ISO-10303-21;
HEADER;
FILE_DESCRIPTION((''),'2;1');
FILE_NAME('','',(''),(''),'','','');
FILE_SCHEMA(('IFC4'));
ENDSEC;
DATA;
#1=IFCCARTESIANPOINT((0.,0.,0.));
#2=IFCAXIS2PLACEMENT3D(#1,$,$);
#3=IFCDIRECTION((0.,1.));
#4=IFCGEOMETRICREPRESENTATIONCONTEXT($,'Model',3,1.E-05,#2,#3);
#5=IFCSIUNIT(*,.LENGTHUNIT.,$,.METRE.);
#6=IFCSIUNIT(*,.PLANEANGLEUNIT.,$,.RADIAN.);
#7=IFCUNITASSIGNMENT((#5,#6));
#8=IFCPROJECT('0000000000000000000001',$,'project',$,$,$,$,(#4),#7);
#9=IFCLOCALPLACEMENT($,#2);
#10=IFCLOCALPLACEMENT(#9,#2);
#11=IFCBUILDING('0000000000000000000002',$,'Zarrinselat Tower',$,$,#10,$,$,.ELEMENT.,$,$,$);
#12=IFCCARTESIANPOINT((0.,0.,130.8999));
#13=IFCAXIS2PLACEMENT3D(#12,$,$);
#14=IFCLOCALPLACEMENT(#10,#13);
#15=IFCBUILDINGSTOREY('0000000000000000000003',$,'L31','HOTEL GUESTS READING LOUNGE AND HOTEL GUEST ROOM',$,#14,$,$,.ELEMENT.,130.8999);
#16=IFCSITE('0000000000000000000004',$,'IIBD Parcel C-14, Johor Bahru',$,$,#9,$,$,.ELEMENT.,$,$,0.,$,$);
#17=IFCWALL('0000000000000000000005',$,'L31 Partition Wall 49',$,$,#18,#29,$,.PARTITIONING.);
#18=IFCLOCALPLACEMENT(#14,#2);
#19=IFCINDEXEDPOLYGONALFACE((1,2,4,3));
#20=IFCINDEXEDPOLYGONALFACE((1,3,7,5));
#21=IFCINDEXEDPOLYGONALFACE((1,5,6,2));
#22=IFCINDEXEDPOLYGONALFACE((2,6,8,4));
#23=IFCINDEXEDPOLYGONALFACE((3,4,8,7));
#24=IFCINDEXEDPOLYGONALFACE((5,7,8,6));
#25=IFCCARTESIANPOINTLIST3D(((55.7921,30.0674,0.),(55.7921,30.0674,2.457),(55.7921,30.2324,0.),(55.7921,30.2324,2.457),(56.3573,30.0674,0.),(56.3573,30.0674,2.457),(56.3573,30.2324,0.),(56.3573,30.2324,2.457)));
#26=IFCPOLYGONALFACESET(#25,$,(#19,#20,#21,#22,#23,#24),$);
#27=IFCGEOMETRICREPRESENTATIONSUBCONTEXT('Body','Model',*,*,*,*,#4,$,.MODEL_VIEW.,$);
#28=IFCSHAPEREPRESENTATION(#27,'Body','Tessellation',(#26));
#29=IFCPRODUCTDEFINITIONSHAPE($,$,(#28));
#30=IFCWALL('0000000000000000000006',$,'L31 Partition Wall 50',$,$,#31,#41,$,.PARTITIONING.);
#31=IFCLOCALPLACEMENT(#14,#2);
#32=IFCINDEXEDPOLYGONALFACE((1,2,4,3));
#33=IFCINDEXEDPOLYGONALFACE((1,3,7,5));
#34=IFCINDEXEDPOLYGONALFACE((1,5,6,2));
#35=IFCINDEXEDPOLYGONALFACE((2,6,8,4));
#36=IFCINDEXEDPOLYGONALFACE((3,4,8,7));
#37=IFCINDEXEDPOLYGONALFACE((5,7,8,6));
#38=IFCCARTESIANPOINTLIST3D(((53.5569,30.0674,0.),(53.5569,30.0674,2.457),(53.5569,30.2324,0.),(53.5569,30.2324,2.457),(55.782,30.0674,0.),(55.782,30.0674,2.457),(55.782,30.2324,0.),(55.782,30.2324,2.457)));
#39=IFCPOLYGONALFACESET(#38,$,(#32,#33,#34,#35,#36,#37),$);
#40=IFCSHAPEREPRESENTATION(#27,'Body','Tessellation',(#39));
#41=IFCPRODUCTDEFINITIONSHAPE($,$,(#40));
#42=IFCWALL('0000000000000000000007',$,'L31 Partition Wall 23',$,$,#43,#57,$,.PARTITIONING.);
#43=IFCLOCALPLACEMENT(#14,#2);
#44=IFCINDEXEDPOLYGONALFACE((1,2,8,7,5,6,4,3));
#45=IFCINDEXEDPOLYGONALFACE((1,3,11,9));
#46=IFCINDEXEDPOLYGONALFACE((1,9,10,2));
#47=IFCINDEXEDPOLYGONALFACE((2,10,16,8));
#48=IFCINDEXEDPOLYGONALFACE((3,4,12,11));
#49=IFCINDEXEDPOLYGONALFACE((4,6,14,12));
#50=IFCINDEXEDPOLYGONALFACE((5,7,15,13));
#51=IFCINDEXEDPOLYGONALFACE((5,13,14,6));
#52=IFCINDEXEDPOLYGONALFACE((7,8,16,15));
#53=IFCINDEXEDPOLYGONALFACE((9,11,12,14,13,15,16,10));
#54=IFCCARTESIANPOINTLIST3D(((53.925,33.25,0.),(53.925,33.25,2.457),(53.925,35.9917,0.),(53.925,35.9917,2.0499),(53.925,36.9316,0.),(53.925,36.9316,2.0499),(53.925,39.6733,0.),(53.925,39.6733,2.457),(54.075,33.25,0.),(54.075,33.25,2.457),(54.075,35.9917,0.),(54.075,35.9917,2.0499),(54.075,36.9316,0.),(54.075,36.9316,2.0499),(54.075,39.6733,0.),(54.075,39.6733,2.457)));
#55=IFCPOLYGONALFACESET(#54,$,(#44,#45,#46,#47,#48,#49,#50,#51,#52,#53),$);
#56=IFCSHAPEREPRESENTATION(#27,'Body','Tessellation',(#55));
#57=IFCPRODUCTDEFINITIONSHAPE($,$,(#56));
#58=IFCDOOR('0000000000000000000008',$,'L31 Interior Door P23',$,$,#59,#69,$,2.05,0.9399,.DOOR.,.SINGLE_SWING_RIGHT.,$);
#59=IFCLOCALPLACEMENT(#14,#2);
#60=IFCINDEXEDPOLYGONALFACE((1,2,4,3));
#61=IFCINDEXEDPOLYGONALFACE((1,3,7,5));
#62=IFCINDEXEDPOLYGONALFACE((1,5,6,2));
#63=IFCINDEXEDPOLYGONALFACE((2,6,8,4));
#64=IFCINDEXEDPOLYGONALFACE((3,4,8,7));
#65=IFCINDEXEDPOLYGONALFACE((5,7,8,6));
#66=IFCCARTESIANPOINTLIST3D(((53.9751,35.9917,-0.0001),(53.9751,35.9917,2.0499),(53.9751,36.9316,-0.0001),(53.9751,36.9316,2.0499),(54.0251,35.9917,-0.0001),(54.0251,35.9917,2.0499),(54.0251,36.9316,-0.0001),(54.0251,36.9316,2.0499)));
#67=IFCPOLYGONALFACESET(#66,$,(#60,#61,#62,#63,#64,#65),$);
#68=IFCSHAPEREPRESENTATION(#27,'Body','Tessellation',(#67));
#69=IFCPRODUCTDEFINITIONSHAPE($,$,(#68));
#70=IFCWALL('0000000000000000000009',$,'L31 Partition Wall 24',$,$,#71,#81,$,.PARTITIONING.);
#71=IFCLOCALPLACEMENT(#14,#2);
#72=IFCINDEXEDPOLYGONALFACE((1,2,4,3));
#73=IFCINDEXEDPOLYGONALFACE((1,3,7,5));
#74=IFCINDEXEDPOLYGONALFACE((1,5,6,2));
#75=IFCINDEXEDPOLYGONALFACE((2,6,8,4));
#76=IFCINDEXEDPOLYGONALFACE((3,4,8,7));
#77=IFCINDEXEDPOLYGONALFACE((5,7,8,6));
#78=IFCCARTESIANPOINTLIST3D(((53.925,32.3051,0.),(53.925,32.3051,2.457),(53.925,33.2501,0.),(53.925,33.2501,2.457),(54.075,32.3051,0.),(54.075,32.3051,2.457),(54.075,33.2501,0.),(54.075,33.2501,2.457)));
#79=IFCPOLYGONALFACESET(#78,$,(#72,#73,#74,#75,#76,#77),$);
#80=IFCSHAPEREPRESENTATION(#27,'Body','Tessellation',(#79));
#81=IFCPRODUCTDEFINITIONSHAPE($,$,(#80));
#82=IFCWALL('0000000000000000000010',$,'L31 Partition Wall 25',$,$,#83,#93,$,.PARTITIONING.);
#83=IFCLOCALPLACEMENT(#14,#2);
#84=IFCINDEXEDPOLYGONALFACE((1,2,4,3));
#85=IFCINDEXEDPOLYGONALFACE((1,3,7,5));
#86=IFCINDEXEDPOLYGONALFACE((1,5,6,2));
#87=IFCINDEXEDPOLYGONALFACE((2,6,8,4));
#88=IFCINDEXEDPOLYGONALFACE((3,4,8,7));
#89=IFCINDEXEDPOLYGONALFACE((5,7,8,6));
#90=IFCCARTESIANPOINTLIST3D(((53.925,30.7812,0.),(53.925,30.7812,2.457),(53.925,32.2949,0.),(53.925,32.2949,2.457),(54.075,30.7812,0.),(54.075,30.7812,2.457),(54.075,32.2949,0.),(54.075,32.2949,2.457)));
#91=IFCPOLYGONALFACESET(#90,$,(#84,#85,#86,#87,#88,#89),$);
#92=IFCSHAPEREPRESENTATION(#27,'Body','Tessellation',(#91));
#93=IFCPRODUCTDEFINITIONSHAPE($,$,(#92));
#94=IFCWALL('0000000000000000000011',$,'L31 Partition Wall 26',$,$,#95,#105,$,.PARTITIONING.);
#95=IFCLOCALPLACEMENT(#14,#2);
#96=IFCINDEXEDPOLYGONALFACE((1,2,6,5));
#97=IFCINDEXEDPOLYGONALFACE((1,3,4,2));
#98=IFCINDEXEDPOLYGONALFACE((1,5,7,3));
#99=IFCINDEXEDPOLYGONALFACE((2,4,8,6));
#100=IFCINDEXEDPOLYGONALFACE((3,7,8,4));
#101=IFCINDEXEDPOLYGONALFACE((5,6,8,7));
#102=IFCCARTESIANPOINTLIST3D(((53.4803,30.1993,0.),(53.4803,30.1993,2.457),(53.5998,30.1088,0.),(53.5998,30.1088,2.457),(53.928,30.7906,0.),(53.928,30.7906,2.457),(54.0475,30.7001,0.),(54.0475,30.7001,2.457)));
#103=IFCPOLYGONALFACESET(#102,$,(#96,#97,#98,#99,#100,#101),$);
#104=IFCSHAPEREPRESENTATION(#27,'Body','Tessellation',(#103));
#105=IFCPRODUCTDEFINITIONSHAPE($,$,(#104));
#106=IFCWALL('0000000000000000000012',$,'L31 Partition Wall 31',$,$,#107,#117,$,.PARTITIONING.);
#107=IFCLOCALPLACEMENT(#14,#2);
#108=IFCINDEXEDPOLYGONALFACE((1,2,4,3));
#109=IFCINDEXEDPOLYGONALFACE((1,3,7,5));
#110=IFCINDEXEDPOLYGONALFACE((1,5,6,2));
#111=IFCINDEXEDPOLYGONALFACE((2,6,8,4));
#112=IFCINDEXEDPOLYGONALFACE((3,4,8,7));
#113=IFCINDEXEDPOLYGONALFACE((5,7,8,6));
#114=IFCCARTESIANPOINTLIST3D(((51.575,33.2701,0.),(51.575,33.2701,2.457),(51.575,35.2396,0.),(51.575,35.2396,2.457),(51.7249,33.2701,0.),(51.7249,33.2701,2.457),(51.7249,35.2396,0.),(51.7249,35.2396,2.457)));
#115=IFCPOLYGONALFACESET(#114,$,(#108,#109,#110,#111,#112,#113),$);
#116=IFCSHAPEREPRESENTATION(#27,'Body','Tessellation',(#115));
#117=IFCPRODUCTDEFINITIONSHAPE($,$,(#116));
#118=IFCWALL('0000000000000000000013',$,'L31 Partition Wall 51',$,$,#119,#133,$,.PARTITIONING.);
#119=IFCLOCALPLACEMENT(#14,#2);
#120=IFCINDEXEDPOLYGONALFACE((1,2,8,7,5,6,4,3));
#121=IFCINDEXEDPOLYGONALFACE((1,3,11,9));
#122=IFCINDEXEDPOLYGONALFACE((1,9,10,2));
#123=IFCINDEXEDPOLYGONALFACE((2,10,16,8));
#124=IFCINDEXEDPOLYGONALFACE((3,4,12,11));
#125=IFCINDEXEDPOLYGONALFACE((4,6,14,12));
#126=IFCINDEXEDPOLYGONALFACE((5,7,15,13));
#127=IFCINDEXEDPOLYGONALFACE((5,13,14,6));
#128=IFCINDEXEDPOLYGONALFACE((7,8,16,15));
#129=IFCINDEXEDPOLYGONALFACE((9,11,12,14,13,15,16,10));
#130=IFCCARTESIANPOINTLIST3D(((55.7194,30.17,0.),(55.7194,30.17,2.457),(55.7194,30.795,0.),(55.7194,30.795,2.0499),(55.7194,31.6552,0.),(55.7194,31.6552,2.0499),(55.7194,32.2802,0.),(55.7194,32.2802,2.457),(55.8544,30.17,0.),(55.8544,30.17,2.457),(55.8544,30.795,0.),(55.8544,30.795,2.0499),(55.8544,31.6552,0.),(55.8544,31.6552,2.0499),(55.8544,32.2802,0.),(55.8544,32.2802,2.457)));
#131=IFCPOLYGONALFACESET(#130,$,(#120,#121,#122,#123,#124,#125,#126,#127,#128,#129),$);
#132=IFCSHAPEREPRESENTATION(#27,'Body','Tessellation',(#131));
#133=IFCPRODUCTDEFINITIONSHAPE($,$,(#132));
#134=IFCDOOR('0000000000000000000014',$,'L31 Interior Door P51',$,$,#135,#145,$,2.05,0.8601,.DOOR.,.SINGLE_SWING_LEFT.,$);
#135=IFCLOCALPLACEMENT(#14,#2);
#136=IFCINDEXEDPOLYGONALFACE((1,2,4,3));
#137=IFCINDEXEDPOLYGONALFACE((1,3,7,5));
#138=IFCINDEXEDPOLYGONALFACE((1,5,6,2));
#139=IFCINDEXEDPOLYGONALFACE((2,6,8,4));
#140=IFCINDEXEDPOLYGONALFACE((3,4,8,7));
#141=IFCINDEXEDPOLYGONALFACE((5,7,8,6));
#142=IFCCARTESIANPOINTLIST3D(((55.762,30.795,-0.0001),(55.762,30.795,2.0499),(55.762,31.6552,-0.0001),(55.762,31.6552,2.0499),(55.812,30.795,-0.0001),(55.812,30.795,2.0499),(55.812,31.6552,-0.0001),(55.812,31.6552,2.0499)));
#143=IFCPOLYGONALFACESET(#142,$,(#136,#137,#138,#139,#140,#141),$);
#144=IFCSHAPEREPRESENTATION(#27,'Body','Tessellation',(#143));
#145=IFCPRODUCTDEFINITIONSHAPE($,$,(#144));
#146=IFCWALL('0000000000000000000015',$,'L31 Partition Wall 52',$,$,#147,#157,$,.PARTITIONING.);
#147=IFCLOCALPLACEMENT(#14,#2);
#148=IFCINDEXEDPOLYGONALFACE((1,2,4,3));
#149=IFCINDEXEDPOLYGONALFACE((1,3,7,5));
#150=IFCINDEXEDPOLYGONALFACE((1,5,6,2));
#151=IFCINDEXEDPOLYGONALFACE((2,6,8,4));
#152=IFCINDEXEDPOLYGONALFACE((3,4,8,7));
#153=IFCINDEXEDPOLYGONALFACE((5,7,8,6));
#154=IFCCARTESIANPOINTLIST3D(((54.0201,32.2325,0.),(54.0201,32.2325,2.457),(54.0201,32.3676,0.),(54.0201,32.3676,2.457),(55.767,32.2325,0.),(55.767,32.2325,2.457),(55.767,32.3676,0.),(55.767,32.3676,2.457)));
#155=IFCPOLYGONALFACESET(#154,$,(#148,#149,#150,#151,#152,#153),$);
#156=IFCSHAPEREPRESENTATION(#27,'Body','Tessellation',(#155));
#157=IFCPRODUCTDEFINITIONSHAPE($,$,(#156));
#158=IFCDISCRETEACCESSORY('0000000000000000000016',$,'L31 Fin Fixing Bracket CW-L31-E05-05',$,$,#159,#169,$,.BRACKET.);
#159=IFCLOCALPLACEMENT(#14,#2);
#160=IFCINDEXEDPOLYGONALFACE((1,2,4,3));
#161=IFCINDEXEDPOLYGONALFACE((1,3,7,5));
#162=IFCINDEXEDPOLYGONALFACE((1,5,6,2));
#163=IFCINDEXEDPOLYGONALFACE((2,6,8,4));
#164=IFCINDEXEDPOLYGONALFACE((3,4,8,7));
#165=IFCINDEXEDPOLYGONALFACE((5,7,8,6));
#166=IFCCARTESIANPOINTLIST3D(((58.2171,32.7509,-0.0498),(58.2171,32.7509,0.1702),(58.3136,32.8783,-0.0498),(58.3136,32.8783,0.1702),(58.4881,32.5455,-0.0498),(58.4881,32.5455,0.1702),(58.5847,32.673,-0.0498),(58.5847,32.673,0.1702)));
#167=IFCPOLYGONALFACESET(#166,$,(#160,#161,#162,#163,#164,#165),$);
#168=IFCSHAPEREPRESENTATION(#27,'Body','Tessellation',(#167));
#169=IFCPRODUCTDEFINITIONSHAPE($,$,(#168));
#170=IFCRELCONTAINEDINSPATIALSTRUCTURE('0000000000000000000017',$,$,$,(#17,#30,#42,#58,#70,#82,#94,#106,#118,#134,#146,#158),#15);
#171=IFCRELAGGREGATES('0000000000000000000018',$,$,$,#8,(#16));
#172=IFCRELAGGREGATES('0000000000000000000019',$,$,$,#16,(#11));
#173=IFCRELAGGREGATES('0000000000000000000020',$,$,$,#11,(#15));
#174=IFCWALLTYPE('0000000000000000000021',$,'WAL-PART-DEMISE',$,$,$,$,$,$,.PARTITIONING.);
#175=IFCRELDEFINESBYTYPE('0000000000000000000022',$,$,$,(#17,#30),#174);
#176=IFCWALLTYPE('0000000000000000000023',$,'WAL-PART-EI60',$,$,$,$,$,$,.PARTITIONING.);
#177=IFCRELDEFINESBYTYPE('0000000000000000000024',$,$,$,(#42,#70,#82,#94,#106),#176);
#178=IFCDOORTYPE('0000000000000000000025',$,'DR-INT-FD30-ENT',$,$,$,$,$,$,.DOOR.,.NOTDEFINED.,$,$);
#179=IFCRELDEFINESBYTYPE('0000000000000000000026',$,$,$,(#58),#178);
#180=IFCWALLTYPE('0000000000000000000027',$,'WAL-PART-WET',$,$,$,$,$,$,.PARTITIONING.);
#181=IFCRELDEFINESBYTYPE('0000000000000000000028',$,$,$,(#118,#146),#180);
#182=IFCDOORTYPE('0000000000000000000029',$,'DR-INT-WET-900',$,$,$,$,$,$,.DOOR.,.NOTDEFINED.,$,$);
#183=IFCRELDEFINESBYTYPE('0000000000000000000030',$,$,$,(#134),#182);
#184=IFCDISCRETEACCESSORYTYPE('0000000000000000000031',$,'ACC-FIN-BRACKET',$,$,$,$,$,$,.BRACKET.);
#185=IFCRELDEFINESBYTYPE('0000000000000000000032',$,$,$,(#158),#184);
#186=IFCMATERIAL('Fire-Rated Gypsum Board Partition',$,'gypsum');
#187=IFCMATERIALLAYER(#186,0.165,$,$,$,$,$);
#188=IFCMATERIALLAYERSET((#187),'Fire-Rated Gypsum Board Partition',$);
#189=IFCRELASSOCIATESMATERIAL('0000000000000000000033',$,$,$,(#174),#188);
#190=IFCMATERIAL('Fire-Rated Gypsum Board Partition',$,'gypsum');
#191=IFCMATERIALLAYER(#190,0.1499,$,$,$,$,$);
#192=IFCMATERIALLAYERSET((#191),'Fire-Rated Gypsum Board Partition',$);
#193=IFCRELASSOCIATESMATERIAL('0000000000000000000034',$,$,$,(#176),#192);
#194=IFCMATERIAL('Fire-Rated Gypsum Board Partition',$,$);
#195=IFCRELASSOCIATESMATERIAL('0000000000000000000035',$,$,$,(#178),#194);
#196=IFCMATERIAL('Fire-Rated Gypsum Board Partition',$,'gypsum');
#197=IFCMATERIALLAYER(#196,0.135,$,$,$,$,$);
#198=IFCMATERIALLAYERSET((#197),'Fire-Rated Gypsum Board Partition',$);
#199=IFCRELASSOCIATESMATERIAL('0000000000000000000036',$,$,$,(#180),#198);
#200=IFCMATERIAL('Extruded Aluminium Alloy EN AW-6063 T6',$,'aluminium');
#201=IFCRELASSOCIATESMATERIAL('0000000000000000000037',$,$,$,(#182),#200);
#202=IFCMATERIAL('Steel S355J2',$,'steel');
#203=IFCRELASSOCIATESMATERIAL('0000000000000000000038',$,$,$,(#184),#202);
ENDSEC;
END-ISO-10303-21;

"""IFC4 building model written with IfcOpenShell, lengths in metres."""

from ifc_helpers import new_model, si_unit, direction, frame, frame_2d, origin, origin_2d, place, context, subcontext, project, spatial, rectangle, extrude, material, layer, layer_set, type_object, element, fill, save


model = new_model("IFC4")

# Units and contexts
model_context = context("Model", 3, precision=1e-05, world=origin(), true_north=direction((0.0, 1.0)))
body_context = subcontext(model_context, "Body", "Model", "MODEL_VIEW")
ifc_project = project(units=[si_unit("LENGTHUNIT", "METRE"), si_unit("PLANEANGLEUNIT", "RADIAN")], contexts=[model_context])

# Site, building, storey
site_placement = place(None, origin())
site = spatial("IfcSite", under=ifc_project, at=site_placement, Name="IIBD Parcel C-14, Johor Bahru", CompositionType="ELEMENT", RefElevation=0.0)
building_placement = place(site_placement, origin())
building = spatial("IfcBuilding", under=site, at=building_placement, Name="Zarrinselat Tower", CompositionType="ELEMENT")
storey_placement = place(building_placement, frame((0.0, 0.0, 130.8999)))
storey = spatial("IfcBuildingStorey", under=building, at=storey_placement, Name="L31", Description="HOTEL GUESTS READING LOUNGE AND HOTEL GUEST ROOM", CompositionType="ELEMENT", Elevation=130.8999)

# Walls
ifc_material_1 = material(Name="Fire-Rated Gypsum Board Partition", Category="gypsum")
ifc_layer_1 = layer(ifc_material_1, 0.165)
ifc_layer_set_1 = layer_set([ifc_layer_1], Name="Fire-Rated Gypsum Board Partition")
wall_type_1 = type_object("IfcWallType", Name="WAL-PART-DEMISE", PredefinedType="PARTITIONING", material=ifc_layer_set_1)
wall_1_placement = place(storey_placement, frame((55.792, 30.1499, 0.0), z_axis=(0.0, 0.0, 1.0), x_axis=(1.0, 0.0, 0.0)))
element("IfcWall", 1, at=wall_1_placement, inside=storey, type_object=wall_type_1, Name="L31 Partition Wall 49", PredefinedType="PARTITIONING", context=body_context, shape_type="SweptSolid", body=[
    extrude(rectangle(XDim=0.5652, YDim=0.165, at=frame_2d((0.2827, 0.0))), origin(), (0.0, 0.0, 1.0), 2.457),
])
wall_2_placement = place(storey_placement, frame((53.5569, 30.1499, 0.0), z_axis=(0.0, 0.0, 1.0), x_axis=(1.0, 0.0, 0.0)))
element("IfcWall", 2, at=wall_2_placement, inside=storey, type_object=wall_type_1, Name="L31 Partition Wall 50", PredefinedType="PARTITIONING", context=body_context, shape_type="SweptSolid", body=[
    extrude(rectangle(XDim=2.2251, YDim=0.165, at=frame_2d((1.1125, 0.0))), origin(), (0.0, 0.0, 1.0), 2.457),
])

# Wall, opening, door
ifc_material_2 = material(Name="Fire-Rated Gypsum Board Partition", Category="gypsum")
ifc_layer_2 = layer(ifc_material_2, 0.1499)
ifc_layer_set_2 = layer_set([ifc_layer_2], Name="Fire-Rated Gypsum Board Partition")
wall_type_2 = type_object("IfcWallType", Name="WAL-PART-EI60", PredefinedType="PARTITIONING", material=ifc_layer_set_2)
wall_3_placement = place(storey_placement, frame((54.0, 33.25, 0.0), z_axis=(0.0, 0.0, 1.0), x_axis=(0.0, 1.0, 0.0)))
wall_3 = element("IfcWall", 3, at=wall_3_placement, inside=storey, type_object=wall_type_2, Name="L31 Partition Wall 23", PredefinedType="PARTITIONING", context=body_context, shape_type="SweptSolid", body=[
    extrude(rectangle(XDim=6.4233, YDim=0.1499, at=frame_2d((3.2117, 0.0))), origin(), (0.0, 0.0, 1.0), 2.457),
])
opening_1_placement = place(wall_3_placement, frame((2.7417, 0.0, 0.0)))
opening_1 = element("IfcOpeningElement", 4, at=opening_1_placement, cuts=wall_3, PredefinedType="OPENING", context=body_context, shape_type="SweptSolid", body=[
    extrude(rectangle(XDim=0.9399, YDim=2.05, at=frame_2d((0.47, 1.0249))), frame((0.0, 0.085, 0.0), z_axis=(0.0, -1.0, 0.0), x_axis=(1.0, 0.0, 0.0)), (0.0, 0.0, 1.0), 0.1699),
])
ifc_material_3 = material(Name="Fire-Rated Gypsum Board Partition")
door_type_1 = type_object("IfcDoorType", Name="DR-INT-FD30-ENT", OperationType="NOTDEFINED", PredefinedType="DOOR", material=ifc_material_3)
door_1_placement = place(opening_1_placement, origin())
door_1 = element("IfcDoor", 5, at=door_1_placement, inside=storey, type_object=door_type_1, Name="L31 Interior Door P23", OperationType="SINGLE_SWING_RIGHT", OverallHeight=2.05, OverallWidth=0.9399, PredefinedType="DOOR", context=body_context, shape_type="SweptSolid", body=[
    extrude(rectangle(XDim=0.9399, YDim=2.05, at=frame_2d((0.47, 1.0249))), frame((0.0, 0.0249, 0.0), z_axis=(0.0, -1.0, 0.0), x_axis=(1.0, 0.0, 0.0)), (0.0, 0.0, 1.0), 0.05),
])
fill(opening_1, door_1)

# Walls
wall_4_placement = place(storey_placement, frame((54.0, 32.3049, 0.0), z_axis=(0.0, 0.0, 1.0), x_axis=(0.0, 1.0, 0.0)))
element("IfcWall", 6, at=wall_4_placement, inside=storey, type_object=wall_type_2, Name="L31 Partition Wall 24", PredefinedType="PARTITIONING", context=body_context, shape_type="SweptSolid", body=[
    extrude(rectangle(XDim=0.9451, YDim=0.1499, at=frame_2d((0.4727, 0.0))), origin(), (0.0, 0.0, 1.0), 2.457),
])
wall_5_placement = place(storey_placement, frame((54.0, 30.7812, 0.0), z_axis=(0.0, 0.0, 1.0), x_axis=(0.0, 1.0, 0.0)))
element("IfcWall", 7, at=wall_5_placement, inside=storey, type_object=wall_type_2, Name="L31 Partition Wall 25", PredefinedType="PARTITIONING", context=body_context, shape_type="SweptSolid", body=[
    extrude(rectangle(XDim=1.5137, YDim=0.1499, at=frame_2d((0.7568, 0.0))), origin(), (0.0, 0.0, 1.0), 2.457),
])
wall_6_placement = place(storey_placement, frame((53.54, 30.1541, 0.0), z_axis=(0.0, 0.0, 1.0), x_axis=(0.60368, 0.797227, 0.0)))
element("IfcWall", 8, at=wall_6_placement, inside=storey, type_object=wall_type_2, Name="L31 Partition Wall 26", PredefinedType="PARTITIONING", context=body_context, shape_type="SweptSolid", body=[
    extrude(rectangle(XDim=0.7417, YDim=0.1499, at=frame_2d((0.3708, 0.0))), origin(), (0.0, 0.0, 1.0), 2.457),
])
wall_7_placement = place(storey_placement, frame((51.6499, 33.27, 0.0), z_axis=(0.0, 0.0, 1.0), x_axis=(0.0, 1.0, 0.0)))
element("IfcWall", 9, at=wall_7_placement, inside=storey, type_object=wall_type_2, Name="L31 Partition Wall 31", PredefinedType="PARTITIONING", context=body_context, shape_type="SweptSolid", body=[
    extrude(rectangle(XDim=1.9695, YDim=0.1499, at=frame_2d((0.9849, 0.0))), origin(), (0.0, 0.0, 1.0), 2.457),
])

# Wall, opening, door
ifc_material_4 = material(Name="Fire-Rated Gypsum Board Partition", Category="gypsum")
ifc_layer_3 = layer(ifc_material_4, 0.135)
ifc_layer_set_3 = layer_set([ifc_layer_3], Name="Fire-Rated Gypsum Board Partition")
wall_type_3 = type_object("IfcWallType", Name="WAL-PART-WET", PredefinedType="PARTITIONING", material=ifc_layer_set_3)
wall_8_placement = place(storey_placement, frame((55.7869, 30.1699, 0.0), z_axis=(0.0, 0.0, 1.0), x_axis=(0.0, 1.0, 0.0)))
wall_8 = element("IfcWall", 10, at=wall_8_placement, inside=storey, type_object=wall_type_3, Name="L31 Partition Wall 51", PredefinedType="PARTITIONING", context=body_context, shape_type="SweptSolid", body=[
    extrude(rectangle(XDim=2.1101, YDim=0.135, at=frame_2d((1.0552, 0.0))), origin(), (0.0, 0.0, 1.0), 2.457),
])
opening_2_placement = place(wall_8_placement, frame((0.625, 0.0, 0.0)))
opening_2 = element("IfcOpeningElement", 11, at=opening_2_placement, cuts=wall_8, PredefinedType="OPENING", context=body_context, shape_type="SweptSolid", body=[
    extrude(rectangle(XDim=0.8601, YDim=2.05, at=frame_2d((0.4302, 1.0249))), frame((0.0, 0.0774, 0.0), z_axis=(0.0, -1.0, 0.0), x_axis=(1.0, 0.0, 0.0)), (0.0, 0.0, 1.0), 0.155),
])
ifc_material_5 = material(Name="Extruded Aluminium Alloy EN AW-6063 T6", Category="aluminium")
door_type_2 = type_object("IfcDoorType", Name="DR-INT-WET-900", OperationType="NOTDEFINED", PredefinedType="DOOR", material=ifc_material_5)
door_2_placement = place(opening_2_placement, origin())
door_2 = element("IfcDoor", 12, at=door_2_placement, inside=storey, type_object=door_type_2, Name="L31 Interior Door P51", OperationType="SINGLE_SWING_LEFT", OverallHeight=2.05, OverallWidth=0.8601, PredefinedType="DOOR", context=body_context, shape_type="SweptSolid", body=[
    extrude(rectangle(XDim=0.8601, YDim=2.05, at=frame_2d((0.4302, 1.0249))), frame((0.0, 0.0249, 0.0), z_axis=(0.0, -1.0, 0.0), x_axis=(1.0, 0.0, 0.0)), (0.0, 0.0, 1.0), 0.05),
])
fill(opening_2, door_2)

# Wall
wall_9_placement = place(storey_placement, frame((54.02, 32.3, 0.0), z_axis=(0.0, 0.0, 1.0), x_axis=(1.0, 0.0, 0.0)))
element("IfcWall", 13, at=wall_9_placement, inside=storey, type_object=wall_type_3, Name="L31 Partition Wall 52", PredefinedType="PARTITIONING", context=body_context, shape_type="SweptSolid", body=[
    extrude(rectangle(XDim=1.7468, YDim=0.135, at=frame_2d((0.8735, 0.0))), origin(), (0.0, 0.0, 1.0), 2.457),
])

# Discrete accessory
ifc_material_6 = material(Name="Steel S355J2", Category="steel")
discrete_accessory_type = type_object("IfcDiscreteAccessoryType", Name="ACC-FIN-BRACKET", PredefinedType="BRACKET", material=ifc_material_6)
discrete_accessory_placement = place(storey_placement, frame((58.4009, 32.7119, -0.0498), z_axis=(0.0, 0.0, 1.0), x_axis=(0.797092, -0.603858, 0.0)))
element("IfcDiscreteAccessory", 14, at=discrete_accessory_placement, inside=storey, type_object=discrete_accessory_type, Name="L31 Fin Fixing Bracket CW-L31-E05-05", PredefinedType="BRACKET", context=body_context, shape_type="SweptSolid", body=[
    extrude(rectangle(XDim=0.3401, YDim=0.1599, at=origin_2d()), origin(), (0.0, 0.0, 1.0), 0.22),
])

save(model, "model.ifc")
